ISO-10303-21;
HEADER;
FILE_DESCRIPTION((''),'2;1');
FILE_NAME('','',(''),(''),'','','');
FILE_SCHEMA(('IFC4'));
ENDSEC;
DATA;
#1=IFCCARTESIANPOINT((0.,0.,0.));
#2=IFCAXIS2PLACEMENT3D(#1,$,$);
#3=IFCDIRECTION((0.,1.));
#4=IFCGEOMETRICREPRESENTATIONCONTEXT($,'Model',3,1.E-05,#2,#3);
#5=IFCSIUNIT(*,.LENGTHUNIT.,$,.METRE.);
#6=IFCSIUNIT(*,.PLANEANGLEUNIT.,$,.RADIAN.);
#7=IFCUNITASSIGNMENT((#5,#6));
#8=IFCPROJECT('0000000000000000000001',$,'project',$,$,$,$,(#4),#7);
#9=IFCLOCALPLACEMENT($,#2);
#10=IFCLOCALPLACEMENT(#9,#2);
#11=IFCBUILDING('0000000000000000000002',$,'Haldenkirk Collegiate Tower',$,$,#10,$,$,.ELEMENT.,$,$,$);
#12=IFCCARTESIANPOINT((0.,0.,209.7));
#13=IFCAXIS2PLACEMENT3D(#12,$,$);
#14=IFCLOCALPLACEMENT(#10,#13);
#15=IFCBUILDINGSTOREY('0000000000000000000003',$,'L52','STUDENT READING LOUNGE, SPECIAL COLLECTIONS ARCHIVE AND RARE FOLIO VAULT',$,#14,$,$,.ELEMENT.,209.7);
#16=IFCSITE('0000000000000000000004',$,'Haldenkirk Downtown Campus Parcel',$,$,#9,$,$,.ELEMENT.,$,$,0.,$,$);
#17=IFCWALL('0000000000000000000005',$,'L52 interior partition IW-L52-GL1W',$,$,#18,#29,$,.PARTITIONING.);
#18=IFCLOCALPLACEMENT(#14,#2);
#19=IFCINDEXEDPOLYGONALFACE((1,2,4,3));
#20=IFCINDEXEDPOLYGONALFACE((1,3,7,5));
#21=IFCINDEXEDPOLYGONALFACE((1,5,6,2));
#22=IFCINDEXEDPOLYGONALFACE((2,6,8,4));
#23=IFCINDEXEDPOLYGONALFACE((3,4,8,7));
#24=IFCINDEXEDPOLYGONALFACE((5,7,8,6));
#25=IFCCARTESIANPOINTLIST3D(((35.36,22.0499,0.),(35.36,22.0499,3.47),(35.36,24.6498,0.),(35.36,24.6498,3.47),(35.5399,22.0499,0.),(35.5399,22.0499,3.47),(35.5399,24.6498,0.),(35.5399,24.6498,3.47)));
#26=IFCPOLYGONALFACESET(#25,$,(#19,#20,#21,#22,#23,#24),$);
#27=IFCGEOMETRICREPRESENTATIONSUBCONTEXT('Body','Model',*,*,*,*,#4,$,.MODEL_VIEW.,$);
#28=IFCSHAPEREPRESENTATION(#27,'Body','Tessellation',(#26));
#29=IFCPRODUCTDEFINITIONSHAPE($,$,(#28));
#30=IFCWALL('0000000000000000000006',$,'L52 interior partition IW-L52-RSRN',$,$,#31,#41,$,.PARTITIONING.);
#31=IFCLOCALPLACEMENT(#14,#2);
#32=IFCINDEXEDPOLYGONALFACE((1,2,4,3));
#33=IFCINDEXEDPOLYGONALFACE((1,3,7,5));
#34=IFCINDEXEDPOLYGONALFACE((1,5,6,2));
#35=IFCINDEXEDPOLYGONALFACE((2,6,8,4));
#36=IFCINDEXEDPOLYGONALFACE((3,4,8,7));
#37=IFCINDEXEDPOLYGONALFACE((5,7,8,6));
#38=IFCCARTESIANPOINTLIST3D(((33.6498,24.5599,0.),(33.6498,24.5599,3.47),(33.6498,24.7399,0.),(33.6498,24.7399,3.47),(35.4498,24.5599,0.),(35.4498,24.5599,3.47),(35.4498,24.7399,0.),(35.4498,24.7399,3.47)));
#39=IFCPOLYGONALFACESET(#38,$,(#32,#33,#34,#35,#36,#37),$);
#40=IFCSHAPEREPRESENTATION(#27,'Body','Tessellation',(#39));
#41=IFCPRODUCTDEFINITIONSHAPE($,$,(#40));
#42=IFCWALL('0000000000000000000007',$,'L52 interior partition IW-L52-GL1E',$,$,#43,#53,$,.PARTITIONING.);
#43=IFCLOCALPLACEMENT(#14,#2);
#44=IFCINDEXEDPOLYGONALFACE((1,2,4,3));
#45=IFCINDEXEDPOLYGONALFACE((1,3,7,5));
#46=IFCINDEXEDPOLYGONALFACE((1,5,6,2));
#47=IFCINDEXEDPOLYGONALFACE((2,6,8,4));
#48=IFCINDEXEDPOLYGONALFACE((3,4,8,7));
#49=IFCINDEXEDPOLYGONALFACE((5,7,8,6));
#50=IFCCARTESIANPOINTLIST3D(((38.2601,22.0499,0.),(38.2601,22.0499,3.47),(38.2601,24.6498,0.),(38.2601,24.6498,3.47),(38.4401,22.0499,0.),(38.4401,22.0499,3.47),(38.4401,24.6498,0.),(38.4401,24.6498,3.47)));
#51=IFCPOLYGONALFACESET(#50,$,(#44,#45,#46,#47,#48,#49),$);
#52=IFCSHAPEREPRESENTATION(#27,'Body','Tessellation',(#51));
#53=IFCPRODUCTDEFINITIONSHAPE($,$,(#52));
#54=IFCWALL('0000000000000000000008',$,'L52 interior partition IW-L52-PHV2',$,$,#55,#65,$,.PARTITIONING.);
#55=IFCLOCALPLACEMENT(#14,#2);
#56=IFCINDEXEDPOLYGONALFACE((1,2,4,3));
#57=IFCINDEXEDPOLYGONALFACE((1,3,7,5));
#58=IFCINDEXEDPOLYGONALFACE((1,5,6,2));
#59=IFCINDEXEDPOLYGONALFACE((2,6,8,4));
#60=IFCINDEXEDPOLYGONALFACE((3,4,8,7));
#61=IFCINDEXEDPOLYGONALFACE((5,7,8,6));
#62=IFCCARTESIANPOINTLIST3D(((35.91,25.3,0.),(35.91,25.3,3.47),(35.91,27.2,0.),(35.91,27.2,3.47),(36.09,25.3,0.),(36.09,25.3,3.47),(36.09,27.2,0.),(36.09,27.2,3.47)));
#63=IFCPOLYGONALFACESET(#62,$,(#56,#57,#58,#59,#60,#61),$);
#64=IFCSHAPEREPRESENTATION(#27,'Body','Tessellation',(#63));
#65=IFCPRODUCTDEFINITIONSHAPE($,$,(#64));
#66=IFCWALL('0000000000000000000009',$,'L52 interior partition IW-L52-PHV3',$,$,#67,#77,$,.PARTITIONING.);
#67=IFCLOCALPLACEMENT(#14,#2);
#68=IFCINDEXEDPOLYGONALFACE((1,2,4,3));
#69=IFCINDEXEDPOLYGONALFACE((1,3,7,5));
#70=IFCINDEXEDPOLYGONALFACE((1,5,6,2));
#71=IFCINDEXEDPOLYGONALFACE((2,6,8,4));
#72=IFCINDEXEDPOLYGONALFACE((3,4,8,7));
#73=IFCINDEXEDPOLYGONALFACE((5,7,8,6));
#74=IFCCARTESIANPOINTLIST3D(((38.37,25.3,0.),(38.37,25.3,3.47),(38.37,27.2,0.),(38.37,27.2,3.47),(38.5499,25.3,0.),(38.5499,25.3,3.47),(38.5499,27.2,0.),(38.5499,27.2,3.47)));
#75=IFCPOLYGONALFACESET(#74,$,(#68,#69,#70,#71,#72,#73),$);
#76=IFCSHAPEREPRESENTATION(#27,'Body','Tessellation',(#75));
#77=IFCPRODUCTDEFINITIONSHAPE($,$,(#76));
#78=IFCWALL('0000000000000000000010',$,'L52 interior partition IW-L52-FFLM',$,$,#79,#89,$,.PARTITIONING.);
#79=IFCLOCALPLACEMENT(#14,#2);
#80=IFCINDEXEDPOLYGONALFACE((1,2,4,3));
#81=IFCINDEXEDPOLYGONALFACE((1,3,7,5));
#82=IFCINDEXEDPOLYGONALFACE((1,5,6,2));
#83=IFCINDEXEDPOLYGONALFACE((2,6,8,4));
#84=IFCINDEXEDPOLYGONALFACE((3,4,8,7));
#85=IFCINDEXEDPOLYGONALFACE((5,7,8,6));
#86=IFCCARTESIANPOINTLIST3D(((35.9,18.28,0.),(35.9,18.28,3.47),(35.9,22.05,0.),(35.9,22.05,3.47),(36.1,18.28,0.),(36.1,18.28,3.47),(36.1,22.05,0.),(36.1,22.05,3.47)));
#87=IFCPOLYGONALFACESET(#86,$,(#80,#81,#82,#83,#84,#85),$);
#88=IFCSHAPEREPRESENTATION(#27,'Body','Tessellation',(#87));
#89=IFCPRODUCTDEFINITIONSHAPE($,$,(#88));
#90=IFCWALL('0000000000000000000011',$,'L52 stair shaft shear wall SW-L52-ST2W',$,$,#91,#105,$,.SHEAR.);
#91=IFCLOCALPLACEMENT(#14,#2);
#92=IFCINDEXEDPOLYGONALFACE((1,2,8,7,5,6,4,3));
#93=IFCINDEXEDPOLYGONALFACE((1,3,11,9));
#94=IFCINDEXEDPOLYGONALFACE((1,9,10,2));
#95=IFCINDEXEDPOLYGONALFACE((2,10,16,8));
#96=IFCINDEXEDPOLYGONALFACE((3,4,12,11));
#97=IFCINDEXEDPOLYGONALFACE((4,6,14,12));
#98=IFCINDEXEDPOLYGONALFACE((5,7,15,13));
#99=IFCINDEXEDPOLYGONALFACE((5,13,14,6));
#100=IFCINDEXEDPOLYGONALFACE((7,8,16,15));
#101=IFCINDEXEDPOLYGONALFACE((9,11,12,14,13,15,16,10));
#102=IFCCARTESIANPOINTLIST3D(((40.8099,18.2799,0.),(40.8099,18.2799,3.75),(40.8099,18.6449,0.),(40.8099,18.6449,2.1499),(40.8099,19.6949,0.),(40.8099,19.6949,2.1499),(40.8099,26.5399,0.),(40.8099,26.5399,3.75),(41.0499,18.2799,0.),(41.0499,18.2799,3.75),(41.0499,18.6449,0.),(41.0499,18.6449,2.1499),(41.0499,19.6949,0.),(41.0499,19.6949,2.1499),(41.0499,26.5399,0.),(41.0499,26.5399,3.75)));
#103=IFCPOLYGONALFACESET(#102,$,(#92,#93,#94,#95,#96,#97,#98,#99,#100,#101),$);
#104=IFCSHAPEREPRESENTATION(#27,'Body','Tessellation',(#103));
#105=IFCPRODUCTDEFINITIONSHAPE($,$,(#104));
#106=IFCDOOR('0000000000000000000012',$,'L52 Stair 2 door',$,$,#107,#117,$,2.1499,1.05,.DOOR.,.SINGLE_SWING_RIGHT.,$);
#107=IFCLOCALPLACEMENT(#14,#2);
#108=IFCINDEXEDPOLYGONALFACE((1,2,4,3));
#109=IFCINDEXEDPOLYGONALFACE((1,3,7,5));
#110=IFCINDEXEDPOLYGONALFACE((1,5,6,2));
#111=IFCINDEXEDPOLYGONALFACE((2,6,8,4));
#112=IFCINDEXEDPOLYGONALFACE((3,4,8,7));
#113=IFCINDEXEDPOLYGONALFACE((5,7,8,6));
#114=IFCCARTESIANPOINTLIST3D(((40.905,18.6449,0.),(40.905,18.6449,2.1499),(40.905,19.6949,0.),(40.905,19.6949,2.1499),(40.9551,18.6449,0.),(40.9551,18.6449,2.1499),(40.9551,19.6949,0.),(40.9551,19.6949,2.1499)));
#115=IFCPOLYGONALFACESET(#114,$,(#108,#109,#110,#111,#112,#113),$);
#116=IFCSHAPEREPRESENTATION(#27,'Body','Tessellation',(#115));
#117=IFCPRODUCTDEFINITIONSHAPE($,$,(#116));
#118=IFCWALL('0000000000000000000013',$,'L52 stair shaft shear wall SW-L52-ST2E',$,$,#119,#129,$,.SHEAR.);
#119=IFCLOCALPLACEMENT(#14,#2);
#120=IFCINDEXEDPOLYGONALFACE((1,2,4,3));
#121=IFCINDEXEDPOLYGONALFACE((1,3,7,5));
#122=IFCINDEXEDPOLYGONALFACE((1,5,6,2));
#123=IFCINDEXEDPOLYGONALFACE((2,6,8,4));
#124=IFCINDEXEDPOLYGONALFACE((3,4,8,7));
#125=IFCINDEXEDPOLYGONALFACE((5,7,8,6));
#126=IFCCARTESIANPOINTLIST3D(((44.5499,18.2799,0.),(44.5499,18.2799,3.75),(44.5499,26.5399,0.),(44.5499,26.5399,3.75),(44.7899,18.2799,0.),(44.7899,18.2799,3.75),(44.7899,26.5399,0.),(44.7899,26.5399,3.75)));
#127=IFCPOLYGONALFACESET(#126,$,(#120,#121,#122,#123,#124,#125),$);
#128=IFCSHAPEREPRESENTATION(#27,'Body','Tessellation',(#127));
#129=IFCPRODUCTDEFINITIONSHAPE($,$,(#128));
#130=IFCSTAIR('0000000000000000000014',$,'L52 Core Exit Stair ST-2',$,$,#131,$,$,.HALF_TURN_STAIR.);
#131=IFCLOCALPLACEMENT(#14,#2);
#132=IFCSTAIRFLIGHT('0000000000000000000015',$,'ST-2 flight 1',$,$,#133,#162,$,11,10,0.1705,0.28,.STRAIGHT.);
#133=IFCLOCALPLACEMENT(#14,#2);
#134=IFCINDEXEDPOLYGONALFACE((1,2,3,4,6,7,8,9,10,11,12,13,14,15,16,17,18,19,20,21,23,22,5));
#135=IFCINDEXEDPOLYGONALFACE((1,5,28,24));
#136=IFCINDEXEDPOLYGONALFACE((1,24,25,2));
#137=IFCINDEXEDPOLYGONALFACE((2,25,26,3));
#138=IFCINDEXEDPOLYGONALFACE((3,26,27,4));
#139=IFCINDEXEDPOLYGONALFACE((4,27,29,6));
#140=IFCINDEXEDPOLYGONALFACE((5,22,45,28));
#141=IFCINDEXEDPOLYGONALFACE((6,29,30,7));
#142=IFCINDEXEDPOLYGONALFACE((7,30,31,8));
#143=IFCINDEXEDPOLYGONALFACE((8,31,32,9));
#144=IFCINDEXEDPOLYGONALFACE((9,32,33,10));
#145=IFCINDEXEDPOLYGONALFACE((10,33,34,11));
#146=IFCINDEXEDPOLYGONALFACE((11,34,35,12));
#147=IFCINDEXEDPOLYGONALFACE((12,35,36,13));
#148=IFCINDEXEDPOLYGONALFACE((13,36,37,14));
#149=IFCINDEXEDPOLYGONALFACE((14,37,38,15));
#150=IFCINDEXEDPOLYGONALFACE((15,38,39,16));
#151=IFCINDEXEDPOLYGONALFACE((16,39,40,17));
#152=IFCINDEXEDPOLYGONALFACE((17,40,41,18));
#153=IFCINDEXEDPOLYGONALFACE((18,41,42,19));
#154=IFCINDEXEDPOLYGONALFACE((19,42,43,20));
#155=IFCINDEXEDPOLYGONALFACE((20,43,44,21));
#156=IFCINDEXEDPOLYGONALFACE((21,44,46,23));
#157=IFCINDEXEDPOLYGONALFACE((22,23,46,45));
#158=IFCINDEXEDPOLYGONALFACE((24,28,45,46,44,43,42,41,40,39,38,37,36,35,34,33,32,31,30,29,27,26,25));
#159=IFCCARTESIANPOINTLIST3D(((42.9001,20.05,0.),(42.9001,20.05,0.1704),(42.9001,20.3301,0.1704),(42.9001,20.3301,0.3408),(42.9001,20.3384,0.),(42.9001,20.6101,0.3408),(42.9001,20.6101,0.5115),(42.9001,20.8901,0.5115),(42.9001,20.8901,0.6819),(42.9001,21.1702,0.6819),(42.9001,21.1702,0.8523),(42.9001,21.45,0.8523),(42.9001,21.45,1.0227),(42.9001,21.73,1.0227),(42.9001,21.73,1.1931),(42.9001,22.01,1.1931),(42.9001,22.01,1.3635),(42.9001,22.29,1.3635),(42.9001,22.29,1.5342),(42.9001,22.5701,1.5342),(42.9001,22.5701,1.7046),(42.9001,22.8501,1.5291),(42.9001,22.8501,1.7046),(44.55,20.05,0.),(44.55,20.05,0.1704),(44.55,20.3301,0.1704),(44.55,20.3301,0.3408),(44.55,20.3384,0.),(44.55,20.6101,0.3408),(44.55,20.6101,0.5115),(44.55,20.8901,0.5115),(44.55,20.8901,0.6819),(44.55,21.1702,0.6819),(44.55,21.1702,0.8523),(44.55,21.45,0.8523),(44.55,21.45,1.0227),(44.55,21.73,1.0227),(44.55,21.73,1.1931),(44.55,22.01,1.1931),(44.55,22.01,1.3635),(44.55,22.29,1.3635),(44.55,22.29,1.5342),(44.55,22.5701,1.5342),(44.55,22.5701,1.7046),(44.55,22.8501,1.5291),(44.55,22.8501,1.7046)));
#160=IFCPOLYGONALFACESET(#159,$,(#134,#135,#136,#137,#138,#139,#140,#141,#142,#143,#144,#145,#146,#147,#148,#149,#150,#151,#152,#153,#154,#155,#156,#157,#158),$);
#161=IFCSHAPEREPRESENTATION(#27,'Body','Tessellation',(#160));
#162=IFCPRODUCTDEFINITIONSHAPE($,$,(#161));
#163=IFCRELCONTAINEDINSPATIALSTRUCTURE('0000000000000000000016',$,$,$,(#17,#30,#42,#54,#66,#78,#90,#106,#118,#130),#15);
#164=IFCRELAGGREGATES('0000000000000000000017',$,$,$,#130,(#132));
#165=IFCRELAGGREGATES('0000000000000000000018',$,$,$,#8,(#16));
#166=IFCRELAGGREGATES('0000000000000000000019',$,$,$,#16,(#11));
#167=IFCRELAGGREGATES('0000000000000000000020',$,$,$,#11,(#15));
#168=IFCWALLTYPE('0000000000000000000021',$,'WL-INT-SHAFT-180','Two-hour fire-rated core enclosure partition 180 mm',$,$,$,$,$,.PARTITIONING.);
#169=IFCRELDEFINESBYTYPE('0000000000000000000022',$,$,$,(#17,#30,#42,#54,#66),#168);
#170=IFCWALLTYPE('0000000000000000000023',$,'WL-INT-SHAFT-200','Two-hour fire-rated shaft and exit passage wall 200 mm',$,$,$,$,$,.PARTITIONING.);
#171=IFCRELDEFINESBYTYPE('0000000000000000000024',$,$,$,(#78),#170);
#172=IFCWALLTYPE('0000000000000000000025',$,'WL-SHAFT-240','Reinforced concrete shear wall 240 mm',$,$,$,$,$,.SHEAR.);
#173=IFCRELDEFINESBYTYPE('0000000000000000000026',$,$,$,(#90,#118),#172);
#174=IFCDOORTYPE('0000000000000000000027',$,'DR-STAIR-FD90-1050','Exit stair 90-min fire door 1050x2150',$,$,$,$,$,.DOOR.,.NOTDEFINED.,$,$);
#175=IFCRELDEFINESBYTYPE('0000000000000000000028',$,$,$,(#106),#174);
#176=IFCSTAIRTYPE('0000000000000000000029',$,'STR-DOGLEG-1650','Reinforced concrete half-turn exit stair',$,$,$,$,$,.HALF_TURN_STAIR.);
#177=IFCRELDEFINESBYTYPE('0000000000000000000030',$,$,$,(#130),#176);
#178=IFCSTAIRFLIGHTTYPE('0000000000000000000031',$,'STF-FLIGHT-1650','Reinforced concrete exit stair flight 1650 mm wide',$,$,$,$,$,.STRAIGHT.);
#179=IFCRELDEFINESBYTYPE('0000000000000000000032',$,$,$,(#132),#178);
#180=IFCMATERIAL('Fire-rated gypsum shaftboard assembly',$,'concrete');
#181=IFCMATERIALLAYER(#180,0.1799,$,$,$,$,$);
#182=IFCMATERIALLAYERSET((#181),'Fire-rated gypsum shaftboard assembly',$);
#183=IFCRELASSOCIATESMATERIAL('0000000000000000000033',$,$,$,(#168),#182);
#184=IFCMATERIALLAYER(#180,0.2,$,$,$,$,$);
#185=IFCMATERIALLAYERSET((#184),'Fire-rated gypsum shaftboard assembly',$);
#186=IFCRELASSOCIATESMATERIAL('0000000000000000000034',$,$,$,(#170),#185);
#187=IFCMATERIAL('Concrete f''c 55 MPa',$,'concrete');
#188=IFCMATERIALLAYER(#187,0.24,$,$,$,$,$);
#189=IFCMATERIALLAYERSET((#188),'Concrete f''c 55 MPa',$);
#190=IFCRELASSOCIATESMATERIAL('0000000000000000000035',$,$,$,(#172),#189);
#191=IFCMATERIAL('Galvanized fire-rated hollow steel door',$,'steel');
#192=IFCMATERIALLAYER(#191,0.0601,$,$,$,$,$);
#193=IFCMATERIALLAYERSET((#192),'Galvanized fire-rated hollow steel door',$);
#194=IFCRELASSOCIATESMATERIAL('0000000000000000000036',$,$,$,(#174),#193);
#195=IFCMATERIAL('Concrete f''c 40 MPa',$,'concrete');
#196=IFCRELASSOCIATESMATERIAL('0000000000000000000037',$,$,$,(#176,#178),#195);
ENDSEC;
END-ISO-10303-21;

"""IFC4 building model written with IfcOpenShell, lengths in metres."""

from ifc_helpers import new_model, si_unit, direction, frame, frame_2d, origin, place, context, subcontext, project, spatial, polyline, rectangle, outline, extrude, material, layer, layer_set, type_object, element, fill, aggregate, save


model = new_model("IFC4")

# Units and contexts
model_context = context("Model", 3, precision=1e-05, world=origin(), true_north=direction((0.0, 1.0)))
body_context = subcontext(model_context, "Body", "Model", "MODEL_VIEW")
ifc_project = project(units=[si_unit("LENGTHUNIT", "METRE"), si_unit("PLANEANGLEUNIT", "RADIAN")], contexts=[model_context])

# Site, building, storey
site_placement = place(None, origin())
site = spatial("IfcSite", under=ifc_project, at=site_placement, Name="Haldenkirk Downtown Campus Parcel", CompositionType="ELEMENT", RefElevation=0.0)
building_placement = place(site_placement, origin())
building = spatial("IfcBuilding", under=site, at=building_placement, Name="Haldenkirk Collegiate Tower", CompositionType="ELEMENT")
storey_placement = place(building_placement, frame((0.0, 0.0, 209.7)))
storey = spatial("IfcBuildingStorey", under=building, at=storey_placement, Name="L52", Description="STUDENT READING LOUNGE, SPECIAL COLLECTIONS ARCHIVE AND RARE FOLIO VAULT", CompositionType="ELEMENT", Elevation=209.7)

# Walls
ifc_material_1 = material(Name="Fire-rated gypsum shaftboard assembly", Category="concrete")
ifc_layer_1 = layer(ifc_material_1, 0.1799)
ifc_layer_set_1 = layer_set([ifc_layer_1], Name="Fire-rated gypsum shaftboard assembly")
wall_type_1 = type_object("IfcWallType", Name="WL-INT-SHAFT-180", Description="Two-hour fire-rated core enclosure partition 180 mm", PredefinedType="PARTITIONING", material=ifc_layer_set_1)
wall_1_placement = place(storey_placement, frame((35.45, 22.05, 0.0), z_axis=(0.0, 0.0, 1.0), x_axis=(0.0, 1.0, 0.0)))
element("IfcWall", 1, at=wall_1_placement, inside=storey, type_object=wall_type_1, Name="L52 interior partition IW-L52-GL1W", PredefinedType="PARTITIONING", context=body_context, shape_type="SweptSolid", body=[
    extrude(rectangle(XDim=2.5999, YDim=0.1799, at=frame_2d((1.2998, 0.0))), origin(), (0.0, 0.0, 1.0), 3.47),
])
wall_2_placement = place(storey_placement, frame((33.6499, 24.6499, 0.0), z_axis=(0.0, 0.0, 1.0), x_axis=(1.0, 0.0, 0.0)))
element("IfcWall", 2, at=wall_2_placement, inside=storey, type_object=wall_type_1, Name="L52 interior partition IW-L52-RSRN", PredefinedType="PARTITIONING", context=body_context, shape_type="SweptSolid", body=[
    extrude(rectangle(XDim=1.8, YDim=0.1799, at=frame_2d((0.8999, 0.0))), origin(), (0.0, 0.0, 1.0), 3.47),
])
wall_3_placement = place(storey_placement, frame((38.3501, 22.05, 0.0), z_axis=(0.0, 0.0, 1.0), x_axis=(0.0, 1.0, 0.0)))
element("IfcWall", 3, at=wall_3_placement, inside=storey, type_object=wall_type_1, Name="L52 interior partition IW-L52-GL1E", PredefinedType="PARTITIONING", context=body_context, shape_type="SweptSolid", body=[
    extrude(rectangle(XDim=2.5999, YDim=0.1799, at=frame_2d((1.2998, 0.0))), origin(), (0.0, 0.0, 1.0), 3.47),
])
for number, where, z_axis, x_axis, name in (
    (4, (36.0, 25.3, 0.0), (0.0, 0.0, 1.0), (0.0, 1.0, 0.0), "L52 interior partition IW-L52-PHV2"),
    (5, (38.46, 25.3, 0.0), (0.0, 0.0, 1.0), (0.0, 1.0, 0.0), "L52 interior partition IW-L52-PHV3"),
):
    element("IfcWall", number, at=place(storey_placement, frame(where, z_axis=z_axis, x_axis=x_axis)), inside=storey, type_object=wall_type_1, Name=name, PredefinedType="PARTITIONING", context=body_context, shape_type="SweptSolid", body=[
        extrude(rectangle(XDim=1.8999, YDim=0.1799, at=frame_2d((0.95, 0.0))), origin(), (0.0, 0.0, 1.0), 3.47),
    ])
ifc_layer_2 = layer(ifc_material_1, 0.2)
ifc_layer_set_2 = layer_set([ifc_layer_2], Name="Fire-rated gypsum shaftboard assembly")
wall_type_2 = type_object("IfcWallType", Name="WL-INT-SHAFT-200", Description="Two-hour fire-rated shaft and exit passage wall 200 mm", PredefinedType="PARTITIONING", material=ifc_layer_set_2)
wall_4_placement = place(storey_placement, frame((36.0, 18.28, 0.0), z_axis=(0.0, 0.0, 1.0), x_axis=(0.0, 1.0, 0.0)))
element("IfcWall", 6, at=wall_4_placement, inside=storey, type_object=wall_type_2, Name="L52 interior partition IW-L52-FFLM", PredefinedType="PARTITIONING", context=body_context, shape_type="SweptSolid", body=[
    extrude(rectangle(XDim=3.77, YDim=0.2, at=frame_2d((1.885, 0.0))), origin(), (0.0, 0.0, 1.0), 3.47),
])

# Wall, opening, door
ifc_material_2 = material(Name="Concrete f'c 55 MPa", Category="concrete")
ifc_layer_3 = layer(ifc_material_2, 0.24)
ifc_layer_set_3 = layer_set([ifc_layer_3], Name="Concrete f'c 55 MPa")
wall_type_3 = type_object("IfcWallType", Name="WL-SHAFT-240", Description="Reinforced concrete shear wall 240 mm", PredefinedType="SHEAR", material=ifc_layer_set_3)
wall_5_placement = place(storey_placement, frame((40.9299, 18.28, 0.0), z_axis=(0.0, 0.0, 1.0), x_axis=(0.0, 1.0, 0.0)))
wall_5 = element("IfcWall", 7, at=wall_5_placement, inside=storey, type_object=wall_type_3, Name="L52 stair shaft shear wall SW-L52-ST2W", PredefinedType="SHEAR", context=body_context, shape_type="SweptSolid", body=[
    extrude(rectangle(XDim=8.26, YDim=0.24, at=frame_2d((4.1299, 0.0))), origin(), (0.0, 0.0, 1.0), 3.75),
])
opening_1_placement = place(wall_5_placement, frame((0.365, 0.0, 0.0)))
opening_1 = element("IfcOpeningElement", 8, at=opening_1_placement, cuts=wall_5, PredefinedType="OPENING", context=body_context, shape_type="SweptSolid", body=[
    extrude(rectangle(XDim=1.05, YDim=2.1499, at=frame_2d((0.5249, 1.075))), frame((0.0, 0.1299, 0.0), z_axis=(0.0, -1.0, 0.0), x_axis=(1.0, 0.0, 0.0)), (0.0, 0.0, 1.0), 0.26),
])
ifc_material_3 = material(Name="Galvanized fire-rated hollow steel door", Category="steel")
ifc_layer_4 = layer(ifc_material_3, 0.0601)
ifc_layer_set_4 = layer_set([ifc_layer_4], Name="Galvanized fire-rated hollow steel door")
door_type_1 = type_object("IfcDoorType", Name="DR-STAIR-FD90-1050", Description="Exit stair 90-min fire door 1050x2150", OperationType="NOTDEFINED", PredefinedType="DOOR", material=ifc_layer_set_4)
door_1_placement = place(opening_1_placement, origin())
door_1 = element("IfcDoor", 9, at=door_1_placement, inside=storey, type_object=door_type_1, Name="L52 Stair 2 door", OperationType="SINGLE_SWING_RIGHT", OverallHeight=2.1499, OverallWidth=1.05, PredefinedType="DOOR", context=body_context, shape_type="SweptSolid", body=[
    extrude(rectangle(XDim=1.05, YDim=2.1499, at=frame_2d((0.5249, 1.075))), frame((0.0, 0.0249, 0.0), z_axis=(0.0, -1.0, 0.0), x_axis=(1.0, 0.0, 0.0)), (0.0, 0.0, 1.0), 0.05),
])
fill(opening_1, door_1)

# Wall
wall_6_placement = place(storey_placement, frame((44.6699, 18.28, 0.0), z_axis=(0.0, 0.0, 1.0), x_axis=(0.0, 1.0, 0.0)))
element("IfcWall", 10, at=wall_6_placement, inside=storey, type_object=wall_type_3, Name="L52 stair shaft shear wall SW-L52-ST2E", PredefinedType="SHEAR", context=body_context, shape_type="SweptSolid", body=[
    extrude(rectangle(XDim=8.26, YDim=0.24, at=frame_2d((4.1299, 0.0))), origin(), (0.0, 0.0, 1.0), 3.75),
])

# Stair, stair flight
ifc_material_4 = material(Name="Concrete f'c 40 MPa", Category="concrete")
stair_type = type_object("IfcStairType", Name="STR-DOGLEG-1650", Description="Reinforced concrete half-turn exit stair", PredefinedType="HALF_TURN_STAIR", material=ifc_material_4)
stair_placement = place(storey_placement, origin())
stair = element("IfcStair", 11, at=stair_placement, inside=storey, type_object=stair_type, Name="L52 Core Exit Stair ST-2", PredefinedType="HALF_TURN_STAIR")
stair_flight_type = type_object("IfcStairFlightType", Name="STF-FLIGHT-1650", Description="Reinforced concrete exit stair flight 1650 mm wide", PredefinedType="STRAIGHT", material=ifc_material_4)
stair_flight_1_placement = place(storey_placement, frame((43.7251, 20.05, 0.0), z_axis=(0.0, 0.0, 1.0), x_axis=(0.0, 1.0, 0.0)))
stair_flight_1 = element("IfcStairFlight", 12, at=stair_flight_1_placement, type_object=stair_flight_type, Name="ST-2 flight 1", NumberOfRisers=11, NumberOfTreads=10, PredefinedType="STRAIGHT", RiserHeight=0.1705, TreadLength=0.28, context=body_context, shape_type="SweptSolid", body=[
    extrude(outline(polyline([(0.0, 0.0), (0.0, 0.1704), (0.28, 0.1704), (0.28, 0.3408), (0.5601, 0.3408), (0.5601, 0.5115), (0.8401, 0.5115), (0.8401, 0.6819), (1.1201, 0.6819), (1.1201, 0.8523), (1.3999, 0.8523), (1.3999, 1.0227), (1.6799, 1.0227), (1.6799, 1.1931), (1.96, 1.1931), (1.96, 1.3635), (2.24, 1.3635), (2.24, 1.5342), (2.52, 1.5342), (2.52, 1.7046), (2.8, 1.7046), (2.8, 1.875), (2.8, 1.5291), (0.2883, 0.0), (0.0, 0.0)])), frame((0.0, 0.825, 0.0), z_axis=(0.0, -1.0, 0.0), x_axis=(1.0, 0.0, 0.0)), (0.0, 0.0, 1.0), 1.6499),
])
aggregate(stair, [stair_flight_1])

save(model, "model.ifc")
